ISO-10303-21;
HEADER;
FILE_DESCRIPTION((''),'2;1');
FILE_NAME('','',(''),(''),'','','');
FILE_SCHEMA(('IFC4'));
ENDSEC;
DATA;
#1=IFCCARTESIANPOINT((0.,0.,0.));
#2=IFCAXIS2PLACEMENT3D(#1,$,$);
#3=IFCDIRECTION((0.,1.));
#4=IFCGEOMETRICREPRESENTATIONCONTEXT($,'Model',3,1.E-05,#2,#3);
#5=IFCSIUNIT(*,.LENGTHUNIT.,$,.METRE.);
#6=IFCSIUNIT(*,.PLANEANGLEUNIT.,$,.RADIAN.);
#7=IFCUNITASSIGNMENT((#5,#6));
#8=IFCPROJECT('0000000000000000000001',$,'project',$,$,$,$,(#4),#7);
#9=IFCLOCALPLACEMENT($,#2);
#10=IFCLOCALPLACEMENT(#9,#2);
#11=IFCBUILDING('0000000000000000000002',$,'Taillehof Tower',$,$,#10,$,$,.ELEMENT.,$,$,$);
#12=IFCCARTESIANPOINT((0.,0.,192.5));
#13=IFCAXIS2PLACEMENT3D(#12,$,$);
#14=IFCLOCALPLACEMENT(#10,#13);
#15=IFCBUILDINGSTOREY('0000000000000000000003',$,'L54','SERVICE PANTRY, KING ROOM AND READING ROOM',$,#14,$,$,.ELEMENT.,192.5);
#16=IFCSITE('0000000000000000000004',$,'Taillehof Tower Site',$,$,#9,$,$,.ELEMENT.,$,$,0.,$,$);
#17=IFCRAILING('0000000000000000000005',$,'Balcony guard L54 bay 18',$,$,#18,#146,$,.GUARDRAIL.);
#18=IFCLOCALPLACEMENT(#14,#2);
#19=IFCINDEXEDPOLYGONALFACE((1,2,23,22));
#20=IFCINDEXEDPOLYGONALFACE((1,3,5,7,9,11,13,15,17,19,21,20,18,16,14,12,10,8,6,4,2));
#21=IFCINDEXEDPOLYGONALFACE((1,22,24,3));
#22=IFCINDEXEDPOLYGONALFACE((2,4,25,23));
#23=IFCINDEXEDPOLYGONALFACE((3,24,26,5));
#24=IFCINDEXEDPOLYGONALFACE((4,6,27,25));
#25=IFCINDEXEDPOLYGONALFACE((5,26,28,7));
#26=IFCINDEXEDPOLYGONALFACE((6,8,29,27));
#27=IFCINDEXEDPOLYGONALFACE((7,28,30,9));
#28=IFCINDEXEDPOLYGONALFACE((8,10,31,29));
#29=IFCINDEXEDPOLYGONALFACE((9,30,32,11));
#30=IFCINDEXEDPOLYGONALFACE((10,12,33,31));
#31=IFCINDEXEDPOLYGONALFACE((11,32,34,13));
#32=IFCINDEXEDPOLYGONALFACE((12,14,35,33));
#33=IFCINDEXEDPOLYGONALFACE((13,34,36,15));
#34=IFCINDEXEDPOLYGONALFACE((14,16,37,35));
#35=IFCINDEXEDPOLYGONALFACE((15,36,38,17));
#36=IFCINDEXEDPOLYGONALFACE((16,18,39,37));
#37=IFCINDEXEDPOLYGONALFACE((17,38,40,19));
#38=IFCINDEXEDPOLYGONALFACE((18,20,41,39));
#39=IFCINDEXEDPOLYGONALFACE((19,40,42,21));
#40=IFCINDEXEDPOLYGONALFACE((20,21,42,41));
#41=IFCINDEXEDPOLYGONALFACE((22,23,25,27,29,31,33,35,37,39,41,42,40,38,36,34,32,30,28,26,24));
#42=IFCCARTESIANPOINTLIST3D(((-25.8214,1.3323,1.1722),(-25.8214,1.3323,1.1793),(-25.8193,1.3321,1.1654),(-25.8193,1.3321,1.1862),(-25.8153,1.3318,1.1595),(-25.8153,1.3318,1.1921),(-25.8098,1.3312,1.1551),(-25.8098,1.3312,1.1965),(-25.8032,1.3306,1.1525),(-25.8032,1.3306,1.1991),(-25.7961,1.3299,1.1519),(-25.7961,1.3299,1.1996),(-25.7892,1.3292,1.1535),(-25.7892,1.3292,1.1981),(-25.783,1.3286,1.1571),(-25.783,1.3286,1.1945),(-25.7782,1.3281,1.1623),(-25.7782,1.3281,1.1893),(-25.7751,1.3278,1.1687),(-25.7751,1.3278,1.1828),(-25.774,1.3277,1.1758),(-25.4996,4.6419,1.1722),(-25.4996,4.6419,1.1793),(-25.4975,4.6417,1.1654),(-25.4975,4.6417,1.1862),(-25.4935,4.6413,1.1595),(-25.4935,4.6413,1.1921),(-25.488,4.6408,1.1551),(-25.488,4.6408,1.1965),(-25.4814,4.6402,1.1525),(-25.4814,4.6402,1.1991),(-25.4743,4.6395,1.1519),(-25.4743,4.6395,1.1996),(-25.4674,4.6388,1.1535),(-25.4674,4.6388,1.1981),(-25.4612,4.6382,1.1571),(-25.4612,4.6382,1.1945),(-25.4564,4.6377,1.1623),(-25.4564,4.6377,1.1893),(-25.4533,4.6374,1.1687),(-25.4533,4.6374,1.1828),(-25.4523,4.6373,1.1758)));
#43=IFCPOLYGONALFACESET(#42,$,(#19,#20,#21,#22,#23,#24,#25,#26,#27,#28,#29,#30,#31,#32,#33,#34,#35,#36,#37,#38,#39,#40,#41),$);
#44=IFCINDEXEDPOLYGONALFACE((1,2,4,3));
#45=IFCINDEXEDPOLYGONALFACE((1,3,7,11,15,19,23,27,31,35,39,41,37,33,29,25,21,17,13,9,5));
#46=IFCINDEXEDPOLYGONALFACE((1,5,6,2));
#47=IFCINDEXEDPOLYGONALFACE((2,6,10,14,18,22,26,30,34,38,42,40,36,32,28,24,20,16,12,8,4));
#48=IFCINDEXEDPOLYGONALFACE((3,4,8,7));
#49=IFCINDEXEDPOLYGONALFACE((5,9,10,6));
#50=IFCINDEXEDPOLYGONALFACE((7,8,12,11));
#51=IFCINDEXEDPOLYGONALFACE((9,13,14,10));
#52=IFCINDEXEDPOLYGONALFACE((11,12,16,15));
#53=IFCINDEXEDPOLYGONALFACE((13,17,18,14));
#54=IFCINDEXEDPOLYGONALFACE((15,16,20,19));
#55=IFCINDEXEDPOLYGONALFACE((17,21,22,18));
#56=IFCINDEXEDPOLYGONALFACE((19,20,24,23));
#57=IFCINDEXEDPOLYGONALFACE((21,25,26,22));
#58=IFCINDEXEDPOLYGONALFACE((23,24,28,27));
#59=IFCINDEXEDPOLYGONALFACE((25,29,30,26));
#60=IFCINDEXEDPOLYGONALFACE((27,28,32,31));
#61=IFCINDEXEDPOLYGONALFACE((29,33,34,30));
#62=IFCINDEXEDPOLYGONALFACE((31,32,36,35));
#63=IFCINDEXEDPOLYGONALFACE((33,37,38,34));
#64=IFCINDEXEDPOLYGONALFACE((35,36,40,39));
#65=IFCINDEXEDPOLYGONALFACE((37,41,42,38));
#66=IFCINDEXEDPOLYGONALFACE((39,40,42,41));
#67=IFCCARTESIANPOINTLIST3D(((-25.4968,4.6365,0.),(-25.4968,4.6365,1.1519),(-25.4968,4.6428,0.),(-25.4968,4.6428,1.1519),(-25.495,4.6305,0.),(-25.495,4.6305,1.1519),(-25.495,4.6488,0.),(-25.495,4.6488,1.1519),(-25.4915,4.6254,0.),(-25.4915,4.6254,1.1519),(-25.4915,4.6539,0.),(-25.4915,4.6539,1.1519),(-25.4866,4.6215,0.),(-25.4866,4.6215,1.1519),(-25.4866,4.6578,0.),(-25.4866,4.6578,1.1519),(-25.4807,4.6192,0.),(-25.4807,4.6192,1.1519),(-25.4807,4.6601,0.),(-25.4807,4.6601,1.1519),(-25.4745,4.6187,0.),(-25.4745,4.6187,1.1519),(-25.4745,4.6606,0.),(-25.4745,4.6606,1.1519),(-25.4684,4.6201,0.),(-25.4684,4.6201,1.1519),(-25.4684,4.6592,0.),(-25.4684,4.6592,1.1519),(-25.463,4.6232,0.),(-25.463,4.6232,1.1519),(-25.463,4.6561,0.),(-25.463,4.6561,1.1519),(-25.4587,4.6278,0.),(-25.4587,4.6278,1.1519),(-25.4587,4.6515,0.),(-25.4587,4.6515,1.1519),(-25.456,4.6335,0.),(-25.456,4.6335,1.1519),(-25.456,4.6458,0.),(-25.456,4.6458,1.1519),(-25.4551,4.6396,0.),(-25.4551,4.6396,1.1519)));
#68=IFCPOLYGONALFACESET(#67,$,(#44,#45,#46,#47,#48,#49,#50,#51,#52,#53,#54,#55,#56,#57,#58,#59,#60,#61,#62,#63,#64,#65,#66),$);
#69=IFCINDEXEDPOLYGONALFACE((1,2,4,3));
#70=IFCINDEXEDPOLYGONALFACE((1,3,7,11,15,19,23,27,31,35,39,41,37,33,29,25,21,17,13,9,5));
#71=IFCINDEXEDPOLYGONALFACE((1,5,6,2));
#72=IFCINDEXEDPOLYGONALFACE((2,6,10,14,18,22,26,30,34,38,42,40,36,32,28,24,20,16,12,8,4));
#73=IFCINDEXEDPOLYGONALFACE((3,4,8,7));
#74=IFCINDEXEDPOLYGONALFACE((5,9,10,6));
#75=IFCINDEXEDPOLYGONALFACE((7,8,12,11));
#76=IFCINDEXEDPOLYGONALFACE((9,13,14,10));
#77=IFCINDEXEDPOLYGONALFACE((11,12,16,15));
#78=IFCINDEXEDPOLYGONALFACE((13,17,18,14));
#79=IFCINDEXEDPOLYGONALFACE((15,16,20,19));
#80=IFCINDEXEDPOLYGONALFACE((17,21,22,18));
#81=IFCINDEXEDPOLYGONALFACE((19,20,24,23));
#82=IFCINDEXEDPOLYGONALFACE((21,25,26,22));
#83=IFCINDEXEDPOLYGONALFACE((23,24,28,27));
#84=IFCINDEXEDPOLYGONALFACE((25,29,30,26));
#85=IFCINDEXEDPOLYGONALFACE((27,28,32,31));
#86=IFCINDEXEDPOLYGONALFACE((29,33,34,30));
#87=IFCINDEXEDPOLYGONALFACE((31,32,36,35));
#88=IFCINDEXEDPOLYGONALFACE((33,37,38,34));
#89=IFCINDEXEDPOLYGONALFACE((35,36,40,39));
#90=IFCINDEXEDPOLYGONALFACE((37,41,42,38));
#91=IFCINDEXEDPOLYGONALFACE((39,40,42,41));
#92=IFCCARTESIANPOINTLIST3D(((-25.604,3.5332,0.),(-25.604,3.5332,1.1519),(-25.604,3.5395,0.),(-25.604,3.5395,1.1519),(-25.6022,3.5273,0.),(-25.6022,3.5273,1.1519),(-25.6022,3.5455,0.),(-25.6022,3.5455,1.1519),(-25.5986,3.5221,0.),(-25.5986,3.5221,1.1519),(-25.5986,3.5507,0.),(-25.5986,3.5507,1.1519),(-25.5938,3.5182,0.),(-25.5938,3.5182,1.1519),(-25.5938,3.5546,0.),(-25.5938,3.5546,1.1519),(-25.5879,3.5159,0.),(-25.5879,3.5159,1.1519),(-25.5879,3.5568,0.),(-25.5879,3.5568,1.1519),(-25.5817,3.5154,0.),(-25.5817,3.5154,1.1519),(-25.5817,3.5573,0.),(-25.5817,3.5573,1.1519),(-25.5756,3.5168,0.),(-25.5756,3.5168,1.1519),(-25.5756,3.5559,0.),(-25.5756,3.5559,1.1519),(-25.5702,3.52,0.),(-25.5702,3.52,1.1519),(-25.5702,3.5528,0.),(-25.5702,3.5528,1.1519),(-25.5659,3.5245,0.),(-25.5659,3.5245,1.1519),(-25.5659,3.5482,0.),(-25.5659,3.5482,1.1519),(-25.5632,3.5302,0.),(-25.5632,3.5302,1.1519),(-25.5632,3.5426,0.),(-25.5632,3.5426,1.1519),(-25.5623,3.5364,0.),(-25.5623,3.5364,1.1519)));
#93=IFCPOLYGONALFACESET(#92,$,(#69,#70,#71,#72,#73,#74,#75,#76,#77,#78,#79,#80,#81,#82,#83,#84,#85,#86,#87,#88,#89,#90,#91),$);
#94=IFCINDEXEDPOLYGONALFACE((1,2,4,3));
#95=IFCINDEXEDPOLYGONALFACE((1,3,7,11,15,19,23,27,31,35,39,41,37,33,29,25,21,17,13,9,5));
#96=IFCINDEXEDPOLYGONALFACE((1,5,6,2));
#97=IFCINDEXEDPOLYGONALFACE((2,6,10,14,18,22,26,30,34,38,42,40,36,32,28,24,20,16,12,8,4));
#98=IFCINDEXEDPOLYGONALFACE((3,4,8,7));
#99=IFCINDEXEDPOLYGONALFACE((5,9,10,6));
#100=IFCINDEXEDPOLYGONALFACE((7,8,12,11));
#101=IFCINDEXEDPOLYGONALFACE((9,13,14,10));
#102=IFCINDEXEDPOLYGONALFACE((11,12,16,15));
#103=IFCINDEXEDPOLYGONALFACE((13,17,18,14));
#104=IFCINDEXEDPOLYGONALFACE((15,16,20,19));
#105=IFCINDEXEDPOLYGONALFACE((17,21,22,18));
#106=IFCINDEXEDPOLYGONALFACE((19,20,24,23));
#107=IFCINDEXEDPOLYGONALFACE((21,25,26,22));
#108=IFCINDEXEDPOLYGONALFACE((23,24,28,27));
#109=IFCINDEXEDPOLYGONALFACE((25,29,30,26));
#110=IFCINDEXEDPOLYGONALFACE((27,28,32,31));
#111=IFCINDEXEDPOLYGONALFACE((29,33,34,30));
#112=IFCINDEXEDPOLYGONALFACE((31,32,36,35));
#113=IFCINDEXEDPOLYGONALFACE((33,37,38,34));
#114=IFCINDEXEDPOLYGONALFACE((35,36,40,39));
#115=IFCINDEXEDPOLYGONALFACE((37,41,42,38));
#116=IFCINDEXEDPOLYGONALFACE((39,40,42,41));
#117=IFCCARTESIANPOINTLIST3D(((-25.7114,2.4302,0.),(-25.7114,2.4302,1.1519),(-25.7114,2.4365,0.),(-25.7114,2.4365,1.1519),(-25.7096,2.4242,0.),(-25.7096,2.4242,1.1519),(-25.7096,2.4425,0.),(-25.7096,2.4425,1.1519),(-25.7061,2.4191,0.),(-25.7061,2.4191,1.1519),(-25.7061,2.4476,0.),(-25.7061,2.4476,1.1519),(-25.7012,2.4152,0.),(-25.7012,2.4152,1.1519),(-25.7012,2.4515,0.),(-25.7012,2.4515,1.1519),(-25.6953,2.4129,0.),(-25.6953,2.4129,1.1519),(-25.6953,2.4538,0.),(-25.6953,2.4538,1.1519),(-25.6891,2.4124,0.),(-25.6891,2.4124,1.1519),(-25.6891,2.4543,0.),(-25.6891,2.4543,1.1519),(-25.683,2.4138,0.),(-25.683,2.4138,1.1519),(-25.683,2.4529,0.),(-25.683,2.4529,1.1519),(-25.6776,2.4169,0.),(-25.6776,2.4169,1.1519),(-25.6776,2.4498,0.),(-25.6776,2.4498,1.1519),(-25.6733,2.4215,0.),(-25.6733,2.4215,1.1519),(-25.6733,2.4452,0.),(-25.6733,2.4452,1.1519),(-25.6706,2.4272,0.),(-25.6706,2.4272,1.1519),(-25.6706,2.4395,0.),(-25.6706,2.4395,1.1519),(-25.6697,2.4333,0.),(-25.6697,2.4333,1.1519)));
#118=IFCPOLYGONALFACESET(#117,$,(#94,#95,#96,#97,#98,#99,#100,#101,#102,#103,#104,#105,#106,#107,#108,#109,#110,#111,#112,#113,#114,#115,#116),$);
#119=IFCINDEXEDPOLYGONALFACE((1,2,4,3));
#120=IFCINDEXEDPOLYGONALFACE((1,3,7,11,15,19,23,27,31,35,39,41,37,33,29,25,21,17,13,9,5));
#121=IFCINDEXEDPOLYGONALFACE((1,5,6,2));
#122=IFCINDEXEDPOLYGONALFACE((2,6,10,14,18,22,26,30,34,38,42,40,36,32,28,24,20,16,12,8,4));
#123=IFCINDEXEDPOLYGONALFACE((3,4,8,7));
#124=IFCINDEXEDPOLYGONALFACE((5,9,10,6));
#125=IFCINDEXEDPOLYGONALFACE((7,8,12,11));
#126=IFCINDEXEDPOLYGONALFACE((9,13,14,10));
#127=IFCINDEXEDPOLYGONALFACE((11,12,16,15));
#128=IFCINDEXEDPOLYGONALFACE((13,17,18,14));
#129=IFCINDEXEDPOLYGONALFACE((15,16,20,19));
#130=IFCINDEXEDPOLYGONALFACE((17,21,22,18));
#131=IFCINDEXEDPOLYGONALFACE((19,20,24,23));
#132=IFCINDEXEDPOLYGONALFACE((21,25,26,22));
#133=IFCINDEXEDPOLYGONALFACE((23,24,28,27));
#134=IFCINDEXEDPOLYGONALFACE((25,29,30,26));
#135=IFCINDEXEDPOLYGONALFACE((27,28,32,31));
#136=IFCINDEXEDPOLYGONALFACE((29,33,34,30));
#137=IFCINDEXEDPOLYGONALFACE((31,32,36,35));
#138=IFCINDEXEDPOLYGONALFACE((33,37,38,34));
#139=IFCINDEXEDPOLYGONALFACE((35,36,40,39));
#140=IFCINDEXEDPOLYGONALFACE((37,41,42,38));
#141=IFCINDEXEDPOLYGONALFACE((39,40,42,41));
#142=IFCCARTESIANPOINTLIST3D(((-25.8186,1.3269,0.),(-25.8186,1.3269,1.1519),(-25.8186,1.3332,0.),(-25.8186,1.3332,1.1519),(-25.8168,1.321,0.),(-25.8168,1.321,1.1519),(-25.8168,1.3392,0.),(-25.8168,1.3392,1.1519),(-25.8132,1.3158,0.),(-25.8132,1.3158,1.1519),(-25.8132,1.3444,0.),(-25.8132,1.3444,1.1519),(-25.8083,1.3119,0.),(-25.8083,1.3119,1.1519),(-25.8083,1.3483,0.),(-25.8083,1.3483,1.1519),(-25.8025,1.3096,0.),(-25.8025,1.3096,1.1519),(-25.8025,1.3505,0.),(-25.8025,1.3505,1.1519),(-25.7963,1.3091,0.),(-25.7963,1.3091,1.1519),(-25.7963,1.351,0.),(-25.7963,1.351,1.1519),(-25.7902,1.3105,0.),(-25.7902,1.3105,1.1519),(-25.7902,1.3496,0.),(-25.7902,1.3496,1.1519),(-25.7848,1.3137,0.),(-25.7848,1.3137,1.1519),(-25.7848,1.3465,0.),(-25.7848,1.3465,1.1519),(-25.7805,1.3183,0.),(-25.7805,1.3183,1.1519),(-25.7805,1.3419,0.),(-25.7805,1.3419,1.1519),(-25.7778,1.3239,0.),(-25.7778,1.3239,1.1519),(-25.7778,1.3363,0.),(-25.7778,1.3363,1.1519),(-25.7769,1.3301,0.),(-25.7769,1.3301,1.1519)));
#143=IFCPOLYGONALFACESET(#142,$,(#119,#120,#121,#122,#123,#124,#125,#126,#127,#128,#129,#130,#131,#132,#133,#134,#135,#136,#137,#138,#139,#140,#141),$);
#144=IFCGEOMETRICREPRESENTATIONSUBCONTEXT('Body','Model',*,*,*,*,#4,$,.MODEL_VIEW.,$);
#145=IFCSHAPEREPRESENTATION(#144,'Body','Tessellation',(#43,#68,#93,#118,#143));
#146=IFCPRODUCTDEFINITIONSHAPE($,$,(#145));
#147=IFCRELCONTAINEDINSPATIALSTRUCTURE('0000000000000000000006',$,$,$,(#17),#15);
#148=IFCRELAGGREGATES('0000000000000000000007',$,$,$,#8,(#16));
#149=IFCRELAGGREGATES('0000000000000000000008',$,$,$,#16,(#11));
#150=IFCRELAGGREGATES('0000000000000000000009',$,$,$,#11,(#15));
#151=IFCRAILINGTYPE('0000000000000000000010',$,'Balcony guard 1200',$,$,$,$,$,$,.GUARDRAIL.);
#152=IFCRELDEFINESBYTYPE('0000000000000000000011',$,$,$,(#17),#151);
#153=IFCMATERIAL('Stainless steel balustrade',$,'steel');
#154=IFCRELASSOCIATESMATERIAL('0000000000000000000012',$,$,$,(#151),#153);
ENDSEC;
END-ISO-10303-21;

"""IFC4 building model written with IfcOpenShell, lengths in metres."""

from ifc_helpers import new_model, si_unit, direction, frame, origin, origin_2d, place, context, subcontext, project, spatial, circle, extrude, material, type_object, element, save


model = new_model("IFC4")

# Units and contexts
model_context = context("Model", 3, precision=1e-05, world=origin(), true_north=direction((0.0, 1.0)))
body_context = subcontext(model_context, "Body", "Model", "MODEL_VIEW")
ifc_project = project(units=[si_unit("LENGTHUNIT", "METRE"), si_unit("PLANEANGLEUNIT", "RADIAN")], contexts=[model_context])

# Site, building, storey
site_placement = place(None, origin())
site = spatial("IfcSite", under=ifc_project, at=site_placement, Name="Taillehof Tower Site", CompositionType="ELEMENT", RefElevation=0.0)
building_placement = place(site_placement, origin())
building = spatial("IfcBuilding", under=site, at=building_placement, Name="Taillehof Tower", CompositionType="ELEMENT")
storey_placement = place(building_placement, frame((0.0, 0.0, 192.5)))
storey = spatial("IfcBuildingStorey", under=building, at=storey_placement, Name="L54", Description="SERVICE PANTRY, KING ROOM AND READING ROOM", CompositionType="ELEMENT", Elevation=192.5)

# Railing
ifc_material_1 = material(Name="Stainless steel balustrade", Category="steel")
railing_type = type_object("IfcRailingType", Name="Balcony guard 1200", PredefinedType="GUARDRAIL", material=ifc_material_1)
railing_1_placement = place(storey_placement, frame((-25.4761, 4.6396, 0.0)))
element("IfcRailing", 1, at=railing_1_placement, inside=storey, type_object=railing_type, Name="Balcony guard L54 bay 18", PredefinedType="GUARDRAIL", context=body_context, shape_type="SweptSolid", body=[
    extrude(circle(Radius=0.0239, at=origin_2d()), frame((0.0, 0.0, 1.1758), z_axis=(-0.09677, -0.995307, 0.0), x_axis=(0.995307, -0.09677, 0.0)), (0.0, 0.0, 1.0), 3.3252),
    extrude(circle(Radius=0.021, at=origin_2d()), origin(), (0.0, 0.0, 1.0), 1.1519),
    extrude(circle(Radius=0.021, at=origin_2d()), frame((-0.1072, -1.1033, 0.0)), (0.0, 0.0, 1.0), 1.1519),
    extrude(circle(Radius=0.021, at=origin_2d()), frame((-0.2146, -2.2063, 0.0)), (0.0, 0.0, 1.0), 1.1519),
    extrude(circle(Radius=0.021, at=origin_2d()), frame((-0.3218, -3.3096, 0.0)), (0.0, 0.0, 1.0), 1.1519),
])

save(model, "model.ifc")
